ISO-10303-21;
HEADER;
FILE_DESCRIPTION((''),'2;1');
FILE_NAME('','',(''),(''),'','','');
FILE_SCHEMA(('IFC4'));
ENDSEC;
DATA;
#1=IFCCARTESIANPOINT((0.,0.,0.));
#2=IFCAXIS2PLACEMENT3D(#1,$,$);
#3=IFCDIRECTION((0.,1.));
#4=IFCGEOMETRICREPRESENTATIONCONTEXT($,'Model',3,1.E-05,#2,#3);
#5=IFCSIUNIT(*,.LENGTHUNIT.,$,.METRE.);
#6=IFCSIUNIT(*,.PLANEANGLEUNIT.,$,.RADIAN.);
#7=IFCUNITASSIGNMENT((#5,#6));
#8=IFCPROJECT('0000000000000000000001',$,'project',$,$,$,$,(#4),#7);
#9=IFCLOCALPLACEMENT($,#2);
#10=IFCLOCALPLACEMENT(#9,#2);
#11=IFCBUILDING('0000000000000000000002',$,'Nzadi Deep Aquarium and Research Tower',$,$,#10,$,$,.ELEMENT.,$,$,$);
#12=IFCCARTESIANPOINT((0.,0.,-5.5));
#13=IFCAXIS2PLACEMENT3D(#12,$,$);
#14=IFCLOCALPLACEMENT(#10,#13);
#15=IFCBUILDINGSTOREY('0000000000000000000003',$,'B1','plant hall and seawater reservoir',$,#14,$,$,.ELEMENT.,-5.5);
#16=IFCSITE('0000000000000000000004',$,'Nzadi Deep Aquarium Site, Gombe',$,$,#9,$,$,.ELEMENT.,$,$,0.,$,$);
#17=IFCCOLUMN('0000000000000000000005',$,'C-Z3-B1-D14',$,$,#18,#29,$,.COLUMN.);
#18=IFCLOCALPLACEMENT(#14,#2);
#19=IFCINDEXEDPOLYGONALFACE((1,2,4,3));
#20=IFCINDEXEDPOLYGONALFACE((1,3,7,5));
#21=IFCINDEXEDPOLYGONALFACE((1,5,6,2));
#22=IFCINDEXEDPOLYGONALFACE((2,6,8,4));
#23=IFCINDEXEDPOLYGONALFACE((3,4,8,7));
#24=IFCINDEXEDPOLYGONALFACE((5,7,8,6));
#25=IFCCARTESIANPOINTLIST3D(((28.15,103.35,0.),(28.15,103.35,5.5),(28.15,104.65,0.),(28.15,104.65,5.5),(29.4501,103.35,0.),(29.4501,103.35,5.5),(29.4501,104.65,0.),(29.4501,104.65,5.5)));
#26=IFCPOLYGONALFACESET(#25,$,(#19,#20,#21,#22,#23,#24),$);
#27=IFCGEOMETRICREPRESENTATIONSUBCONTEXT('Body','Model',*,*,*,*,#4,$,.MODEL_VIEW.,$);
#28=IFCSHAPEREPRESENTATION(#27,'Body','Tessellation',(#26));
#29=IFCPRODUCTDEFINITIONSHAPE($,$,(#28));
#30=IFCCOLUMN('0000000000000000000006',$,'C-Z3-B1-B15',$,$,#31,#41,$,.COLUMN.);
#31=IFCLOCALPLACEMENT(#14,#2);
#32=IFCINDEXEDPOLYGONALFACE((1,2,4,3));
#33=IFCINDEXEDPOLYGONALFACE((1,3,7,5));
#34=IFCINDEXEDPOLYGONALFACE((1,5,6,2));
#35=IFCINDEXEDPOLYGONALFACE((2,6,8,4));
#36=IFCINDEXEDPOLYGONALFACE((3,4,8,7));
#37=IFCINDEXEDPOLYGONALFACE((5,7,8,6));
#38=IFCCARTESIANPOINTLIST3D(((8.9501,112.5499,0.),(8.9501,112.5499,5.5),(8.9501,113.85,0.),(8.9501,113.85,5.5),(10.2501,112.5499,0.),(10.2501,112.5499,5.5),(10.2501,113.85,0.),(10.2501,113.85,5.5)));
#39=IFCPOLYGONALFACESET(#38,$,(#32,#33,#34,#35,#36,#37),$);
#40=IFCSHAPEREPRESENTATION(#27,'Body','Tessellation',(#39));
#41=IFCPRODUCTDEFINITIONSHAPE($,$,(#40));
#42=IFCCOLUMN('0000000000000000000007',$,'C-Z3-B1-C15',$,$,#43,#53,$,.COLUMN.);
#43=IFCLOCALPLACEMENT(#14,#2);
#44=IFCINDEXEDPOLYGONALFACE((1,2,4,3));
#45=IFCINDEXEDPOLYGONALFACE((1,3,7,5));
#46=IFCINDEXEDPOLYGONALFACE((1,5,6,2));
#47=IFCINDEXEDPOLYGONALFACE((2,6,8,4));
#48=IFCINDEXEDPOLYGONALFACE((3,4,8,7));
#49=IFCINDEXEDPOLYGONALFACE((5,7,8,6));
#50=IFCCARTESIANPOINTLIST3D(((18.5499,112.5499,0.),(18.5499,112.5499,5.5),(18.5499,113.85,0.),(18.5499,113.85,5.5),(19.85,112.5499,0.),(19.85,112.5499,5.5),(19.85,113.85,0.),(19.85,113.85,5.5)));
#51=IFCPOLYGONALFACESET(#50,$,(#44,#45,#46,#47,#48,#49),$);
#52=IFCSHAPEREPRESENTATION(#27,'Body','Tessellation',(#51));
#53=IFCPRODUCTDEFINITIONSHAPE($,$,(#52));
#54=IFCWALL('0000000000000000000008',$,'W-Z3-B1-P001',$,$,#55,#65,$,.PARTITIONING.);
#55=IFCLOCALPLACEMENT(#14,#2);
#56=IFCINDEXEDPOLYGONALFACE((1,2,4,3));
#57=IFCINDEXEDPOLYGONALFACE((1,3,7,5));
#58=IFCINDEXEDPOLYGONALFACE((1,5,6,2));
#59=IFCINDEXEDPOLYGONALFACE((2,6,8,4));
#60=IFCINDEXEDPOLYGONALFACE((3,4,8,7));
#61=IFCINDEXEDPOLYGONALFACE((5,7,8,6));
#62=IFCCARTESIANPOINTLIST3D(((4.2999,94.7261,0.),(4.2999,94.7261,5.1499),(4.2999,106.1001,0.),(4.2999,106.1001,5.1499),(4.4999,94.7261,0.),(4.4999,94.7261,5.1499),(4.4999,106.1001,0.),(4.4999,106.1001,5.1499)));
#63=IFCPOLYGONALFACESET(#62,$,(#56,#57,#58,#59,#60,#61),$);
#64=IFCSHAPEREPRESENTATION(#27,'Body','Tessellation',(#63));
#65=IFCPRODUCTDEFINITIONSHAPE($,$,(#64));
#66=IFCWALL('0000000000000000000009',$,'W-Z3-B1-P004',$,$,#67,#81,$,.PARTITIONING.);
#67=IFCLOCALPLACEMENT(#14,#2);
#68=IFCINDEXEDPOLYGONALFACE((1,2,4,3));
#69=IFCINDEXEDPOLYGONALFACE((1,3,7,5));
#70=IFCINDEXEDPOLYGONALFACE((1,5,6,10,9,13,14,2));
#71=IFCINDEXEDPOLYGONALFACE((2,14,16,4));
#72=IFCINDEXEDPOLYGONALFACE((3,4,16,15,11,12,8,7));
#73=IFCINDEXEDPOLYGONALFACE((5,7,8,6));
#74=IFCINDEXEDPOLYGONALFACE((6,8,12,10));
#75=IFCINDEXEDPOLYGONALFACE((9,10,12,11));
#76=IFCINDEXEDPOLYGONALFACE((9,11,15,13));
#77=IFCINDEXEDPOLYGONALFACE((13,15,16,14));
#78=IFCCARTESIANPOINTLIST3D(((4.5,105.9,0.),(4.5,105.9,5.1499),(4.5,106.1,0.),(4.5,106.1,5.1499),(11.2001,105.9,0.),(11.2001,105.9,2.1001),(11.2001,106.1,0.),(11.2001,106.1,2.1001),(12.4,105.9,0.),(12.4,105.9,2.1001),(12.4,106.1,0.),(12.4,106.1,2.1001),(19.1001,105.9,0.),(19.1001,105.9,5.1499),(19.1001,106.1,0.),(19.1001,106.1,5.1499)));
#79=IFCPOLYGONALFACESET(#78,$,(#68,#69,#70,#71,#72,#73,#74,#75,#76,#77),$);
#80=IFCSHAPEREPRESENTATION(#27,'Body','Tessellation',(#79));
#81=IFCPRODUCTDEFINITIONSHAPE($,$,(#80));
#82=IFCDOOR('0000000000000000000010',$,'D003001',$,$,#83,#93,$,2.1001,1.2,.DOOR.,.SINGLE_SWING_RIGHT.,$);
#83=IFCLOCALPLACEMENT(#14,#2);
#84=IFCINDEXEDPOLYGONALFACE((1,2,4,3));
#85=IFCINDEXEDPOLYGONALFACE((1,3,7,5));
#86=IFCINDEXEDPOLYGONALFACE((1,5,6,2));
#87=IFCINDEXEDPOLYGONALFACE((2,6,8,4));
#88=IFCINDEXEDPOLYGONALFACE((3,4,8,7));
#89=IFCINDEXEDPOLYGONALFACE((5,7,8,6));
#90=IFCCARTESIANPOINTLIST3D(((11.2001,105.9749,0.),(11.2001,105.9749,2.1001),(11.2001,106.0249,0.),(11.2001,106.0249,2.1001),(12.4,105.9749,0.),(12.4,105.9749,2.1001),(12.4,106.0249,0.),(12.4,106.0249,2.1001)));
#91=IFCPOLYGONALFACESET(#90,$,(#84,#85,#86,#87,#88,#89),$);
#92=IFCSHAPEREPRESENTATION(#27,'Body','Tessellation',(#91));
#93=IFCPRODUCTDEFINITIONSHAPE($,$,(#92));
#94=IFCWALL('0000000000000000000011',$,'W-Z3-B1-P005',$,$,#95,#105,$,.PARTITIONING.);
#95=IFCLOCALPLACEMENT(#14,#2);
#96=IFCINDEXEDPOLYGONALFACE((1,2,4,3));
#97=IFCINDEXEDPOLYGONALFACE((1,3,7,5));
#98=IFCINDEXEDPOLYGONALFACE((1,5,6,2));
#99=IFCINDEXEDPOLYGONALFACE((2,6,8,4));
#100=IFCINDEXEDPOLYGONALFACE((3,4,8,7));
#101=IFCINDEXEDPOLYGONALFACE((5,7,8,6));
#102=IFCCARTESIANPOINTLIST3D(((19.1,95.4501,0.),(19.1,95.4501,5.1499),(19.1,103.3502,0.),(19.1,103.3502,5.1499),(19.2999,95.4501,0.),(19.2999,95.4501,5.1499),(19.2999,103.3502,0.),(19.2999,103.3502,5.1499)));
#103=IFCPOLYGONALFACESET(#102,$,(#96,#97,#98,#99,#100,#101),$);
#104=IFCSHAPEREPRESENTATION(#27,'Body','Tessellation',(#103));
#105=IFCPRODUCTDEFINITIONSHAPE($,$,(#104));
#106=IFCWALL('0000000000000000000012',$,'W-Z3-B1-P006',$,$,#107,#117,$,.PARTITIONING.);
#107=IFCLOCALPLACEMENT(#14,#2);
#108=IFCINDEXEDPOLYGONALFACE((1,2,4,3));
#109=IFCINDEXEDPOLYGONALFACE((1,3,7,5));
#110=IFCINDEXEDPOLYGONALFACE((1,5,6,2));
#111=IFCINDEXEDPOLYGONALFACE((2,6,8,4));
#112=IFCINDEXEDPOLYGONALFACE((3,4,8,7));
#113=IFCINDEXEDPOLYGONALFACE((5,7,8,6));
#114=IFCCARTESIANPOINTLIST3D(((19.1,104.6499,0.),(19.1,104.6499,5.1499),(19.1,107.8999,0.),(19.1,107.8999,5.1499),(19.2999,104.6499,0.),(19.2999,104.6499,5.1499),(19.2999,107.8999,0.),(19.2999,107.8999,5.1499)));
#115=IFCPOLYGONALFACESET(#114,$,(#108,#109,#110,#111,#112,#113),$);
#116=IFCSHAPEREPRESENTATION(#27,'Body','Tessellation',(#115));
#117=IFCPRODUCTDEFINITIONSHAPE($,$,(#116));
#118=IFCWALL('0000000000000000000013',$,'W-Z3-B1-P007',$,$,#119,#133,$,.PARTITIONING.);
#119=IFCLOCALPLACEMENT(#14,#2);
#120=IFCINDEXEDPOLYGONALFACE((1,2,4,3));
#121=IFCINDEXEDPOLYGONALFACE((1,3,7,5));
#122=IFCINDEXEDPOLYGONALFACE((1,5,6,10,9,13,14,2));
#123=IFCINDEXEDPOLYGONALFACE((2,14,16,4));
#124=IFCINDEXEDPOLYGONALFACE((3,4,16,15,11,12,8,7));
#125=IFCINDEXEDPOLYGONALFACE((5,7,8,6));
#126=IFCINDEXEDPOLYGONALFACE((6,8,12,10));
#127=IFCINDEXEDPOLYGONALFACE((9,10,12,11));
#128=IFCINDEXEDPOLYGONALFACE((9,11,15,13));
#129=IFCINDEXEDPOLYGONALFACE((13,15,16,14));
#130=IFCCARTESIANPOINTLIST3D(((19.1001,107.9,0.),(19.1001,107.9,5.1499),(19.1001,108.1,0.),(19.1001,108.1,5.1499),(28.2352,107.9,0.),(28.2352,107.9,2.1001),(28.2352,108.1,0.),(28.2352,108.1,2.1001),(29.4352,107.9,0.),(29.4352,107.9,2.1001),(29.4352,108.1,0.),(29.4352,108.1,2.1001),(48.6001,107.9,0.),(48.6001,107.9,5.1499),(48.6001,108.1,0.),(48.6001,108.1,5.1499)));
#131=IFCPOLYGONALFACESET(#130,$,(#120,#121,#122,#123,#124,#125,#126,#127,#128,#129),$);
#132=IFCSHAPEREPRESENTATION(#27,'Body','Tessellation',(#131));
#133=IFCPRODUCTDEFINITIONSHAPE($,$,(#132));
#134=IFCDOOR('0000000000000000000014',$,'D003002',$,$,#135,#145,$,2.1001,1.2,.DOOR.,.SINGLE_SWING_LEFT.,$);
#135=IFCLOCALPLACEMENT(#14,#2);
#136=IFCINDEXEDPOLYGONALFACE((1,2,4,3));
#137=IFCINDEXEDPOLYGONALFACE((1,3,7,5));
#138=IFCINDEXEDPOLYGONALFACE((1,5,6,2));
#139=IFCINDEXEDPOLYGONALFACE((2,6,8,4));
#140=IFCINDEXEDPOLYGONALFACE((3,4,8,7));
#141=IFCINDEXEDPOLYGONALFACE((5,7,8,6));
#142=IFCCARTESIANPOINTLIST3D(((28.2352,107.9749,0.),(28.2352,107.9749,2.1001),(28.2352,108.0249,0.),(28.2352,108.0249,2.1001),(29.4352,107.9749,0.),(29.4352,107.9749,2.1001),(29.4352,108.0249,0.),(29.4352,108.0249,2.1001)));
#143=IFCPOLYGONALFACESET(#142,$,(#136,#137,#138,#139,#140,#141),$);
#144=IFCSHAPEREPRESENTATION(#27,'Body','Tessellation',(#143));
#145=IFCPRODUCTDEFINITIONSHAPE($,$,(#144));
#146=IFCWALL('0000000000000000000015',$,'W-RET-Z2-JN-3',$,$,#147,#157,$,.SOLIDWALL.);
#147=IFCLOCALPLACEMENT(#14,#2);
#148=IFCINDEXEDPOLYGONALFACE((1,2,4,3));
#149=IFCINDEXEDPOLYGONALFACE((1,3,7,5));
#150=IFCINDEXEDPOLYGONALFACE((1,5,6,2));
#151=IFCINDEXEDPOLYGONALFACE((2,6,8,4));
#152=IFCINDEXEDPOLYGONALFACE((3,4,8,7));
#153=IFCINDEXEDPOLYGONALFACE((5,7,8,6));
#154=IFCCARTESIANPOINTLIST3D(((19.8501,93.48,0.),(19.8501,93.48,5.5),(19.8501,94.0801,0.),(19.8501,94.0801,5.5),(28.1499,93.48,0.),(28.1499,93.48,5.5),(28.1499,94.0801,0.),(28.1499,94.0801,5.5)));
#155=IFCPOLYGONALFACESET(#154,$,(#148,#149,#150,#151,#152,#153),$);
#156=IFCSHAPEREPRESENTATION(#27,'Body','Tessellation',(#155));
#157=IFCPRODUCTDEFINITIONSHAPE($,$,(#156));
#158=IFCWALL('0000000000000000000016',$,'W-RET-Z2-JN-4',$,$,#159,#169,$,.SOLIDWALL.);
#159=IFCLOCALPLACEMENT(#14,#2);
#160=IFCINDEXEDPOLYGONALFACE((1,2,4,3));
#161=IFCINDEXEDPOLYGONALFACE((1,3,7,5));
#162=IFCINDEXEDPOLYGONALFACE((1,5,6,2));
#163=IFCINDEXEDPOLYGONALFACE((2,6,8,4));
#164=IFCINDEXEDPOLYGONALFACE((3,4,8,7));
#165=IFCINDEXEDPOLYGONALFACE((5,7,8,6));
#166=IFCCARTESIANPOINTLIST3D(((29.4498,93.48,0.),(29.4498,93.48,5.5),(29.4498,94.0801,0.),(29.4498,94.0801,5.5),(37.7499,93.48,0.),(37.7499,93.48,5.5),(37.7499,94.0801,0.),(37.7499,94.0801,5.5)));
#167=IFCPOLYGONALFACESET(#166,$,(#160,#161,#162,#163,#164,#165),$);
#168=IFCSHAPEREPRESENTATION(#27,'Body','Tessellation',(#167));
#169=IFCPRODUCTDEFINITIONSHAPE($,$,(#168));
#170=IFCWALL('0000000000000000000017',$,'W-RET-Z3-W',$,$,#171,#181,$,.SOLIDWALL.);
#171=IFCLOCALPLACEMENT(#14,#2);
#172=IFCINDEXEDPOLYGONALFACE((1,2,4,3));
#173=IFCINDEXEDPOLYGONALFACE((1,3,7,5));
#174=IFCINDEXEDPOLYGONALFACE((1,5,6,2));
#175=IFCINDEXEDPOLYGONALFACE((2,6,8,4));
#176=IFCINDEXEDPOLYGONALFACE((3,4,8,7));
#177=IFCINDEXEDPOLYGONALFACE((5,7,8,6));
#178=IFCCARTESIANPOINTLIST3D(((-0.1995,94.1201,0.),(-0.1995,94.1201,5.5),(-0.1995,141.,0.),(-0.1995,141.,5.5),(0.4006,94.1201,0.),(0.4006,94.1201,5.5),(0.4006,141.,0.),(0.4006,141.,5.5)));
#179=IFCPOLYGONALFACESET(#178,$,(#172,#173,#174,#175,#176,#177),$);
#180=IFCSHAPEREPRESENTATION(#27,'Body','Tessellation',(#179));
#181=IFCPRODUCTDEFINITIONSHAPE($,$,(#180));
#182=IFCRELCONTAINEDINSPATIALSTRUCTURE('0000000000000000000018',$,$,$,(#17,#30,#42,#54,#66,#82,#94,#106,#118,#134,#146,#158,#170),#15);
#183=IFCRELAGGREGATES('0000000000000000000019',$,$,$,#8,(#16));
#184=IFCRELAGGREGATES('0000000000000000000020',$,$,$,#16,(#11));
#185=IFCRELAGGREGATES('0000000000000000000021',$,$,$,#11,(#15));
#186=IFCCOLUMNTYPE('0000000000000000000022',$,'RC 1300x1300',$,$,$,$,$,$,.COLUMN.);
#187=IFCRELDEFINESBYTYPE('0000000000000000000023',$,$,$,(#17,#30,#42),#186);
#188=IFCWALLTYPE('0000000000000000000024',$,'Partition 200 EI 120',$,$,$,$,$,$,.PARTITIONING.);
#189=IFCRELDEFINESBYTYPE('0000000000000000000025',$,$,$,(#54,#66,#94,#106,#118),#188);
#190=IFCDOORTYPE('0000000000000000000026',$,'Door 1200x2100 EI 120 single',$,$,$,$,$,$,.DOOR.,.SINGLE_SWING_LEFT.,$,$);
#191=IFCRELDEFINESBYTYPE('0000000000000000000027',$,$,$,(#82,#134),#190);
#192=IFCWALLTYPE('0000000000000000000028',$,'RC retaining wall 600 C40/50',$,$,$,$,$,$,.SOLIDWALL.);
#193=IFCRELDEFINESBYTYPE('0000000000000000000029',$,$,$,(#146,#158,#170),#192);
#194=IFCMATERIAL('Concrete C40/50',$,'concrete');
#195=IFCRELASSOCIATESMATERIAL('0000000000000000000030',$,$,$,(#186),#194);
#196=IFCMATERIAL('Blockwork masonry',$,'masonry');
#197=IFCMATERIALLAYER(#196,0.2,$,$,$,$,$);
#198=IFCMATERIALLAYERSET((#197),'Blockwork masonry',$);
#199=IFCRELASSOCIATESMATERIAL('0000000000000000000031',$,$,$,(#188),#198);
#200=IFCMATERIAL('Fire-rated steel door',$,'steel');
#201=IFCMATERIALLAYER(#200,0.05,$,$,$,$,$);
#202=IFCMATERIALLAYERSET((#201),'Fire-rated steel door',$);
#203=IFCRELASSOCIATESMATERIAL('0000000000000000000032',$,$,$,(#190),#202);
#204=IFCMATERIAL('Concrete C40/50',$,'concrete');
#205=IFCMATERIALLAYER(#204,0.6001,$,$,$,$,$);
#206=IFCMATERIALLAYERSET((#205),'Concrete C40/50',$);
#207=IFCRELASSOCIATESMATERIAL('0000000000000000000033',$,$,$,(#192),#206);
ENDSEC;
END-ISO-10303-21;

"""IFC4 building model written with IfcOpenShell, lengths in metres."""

from ifc_helpers import new_model, si_unit, direction, frame, frame_2d, origin, origin_2d, place, context, subcontext, project, spatial, rectangle, extrude, material, layer, layer_set, material_profile, profile_set, type_object, element, fill, save


model = new_model("IFC4")

# Units and contexts
model_context = context("Model", 3, precision=1e-05, world=origin(), true_north=direction((0.0, 1.0)))
body_context = subcontext(model_context, "Body", "Model", "MODEL_VIEW")
ifc_project = project(units=[si_unit("LENGTHUNIT", "METRE"), si_unit("PLANEANGLEUNIT", "RADIAN")], contexts=[model_context])

# Site, building, storey
site_placement = place(None, origin())
site = spatial("IfcSite", under=ifc_project, at=site_placement, Name="Nzadi Deep Aquarium Site, Gombe", CompositionType="ELEMENT", RefElevation=0.0)
building_placement = place(site_placement, origin())
building = spatial("IfcBuilding", under=site, at=building_placement, Name="Nzadi Deep Aquarium and Research Tower", CompositionType="ELEMENT")
storey_placement = place(building_placement, frame((0.0, 0.0, -5.5)))
storey = spatial("IfcBuildingStorey", under=building, at=storey_placement, Name="B1", Description="plant hall and seawater reservoir", CompositionType="ELEMENT", Elevation=-5.5)

# Columns
ifc_material_1 = material(Name="Concrete C40/50", Category="concrete")
ifc_material_profile_1 = material_profile(ifc_material_1, rectangle(XDim=1.3, YDim=1.3, at=origin_2d()))
ifc_profile_set_1 = profile_set([ifc_material_profile_1], Name="Concrete C40/50")
column_type = type_object("IfcColumnType", Name="RC 1300x1300", PredefinedType="COLUMN", material=ifc_profile_set_1)
for number, where, z_axis, x_axis, name in (
    (1, (28.8, 104.0, 0.0), (0.0, 0.0, 1.0), (1.0, 0.0, 0.0), "C-Z3-B1-D14"),
    (2, (9.6001, 113.2, 0.0), (0.0, 0.0, 1.0), (1.0, 0.0, 0.0), "C-Z3-B1-B15"),
    (3, (19.2, 113.2, 0.0), (0.0, 0.0, 1.0), (1.0, 0.0, 0.0), "C-Z3-B1-C15"),
):
    element("IfcColumn", number, at=place(storey_placement, frame(where, z_axis=z_axis, x_axis=x_axis)), inside=storey, type_object=column_type, Name=name, PredefinedType="COLUMN", context=body_context, shape_type="SweptSolid", body=[
        extrude(rectangle(XDim=1.3, YDim=1.3, at=origin_2d()), origin(), (0.0, 0.0, 1.0), 5.5),
    ])

# Wall
ifc_material_2 = material(Name="Blockwork masonry", Category="masonry")
ifc_layer_1 = layer(ifc_material_2, 0.2)
ifc_layer_set_1 = layer_set([ifc_layer_1], Name="Blockwork masonry")
wall_type_1 = type_object("IfcWallType", Name="Partition 200 EI 120", PredefinedType="PARTITIONING", material=ifc_layer_set_1)
wall_1_placement = place(storey_placement, frame((4.3999, 94.7261, 0.0), z_axis=(0.0, 0.0, 1.0), x_axis=(0.0, 1.0, 0.0)))
element("IfcWall", 4, at=wall_1_placement, inside=storey, type_object=wall_type_1, Name="W-Z3-B1-P001", PredefinedType="PARTITIONING", context=body_context, shape_type="SweptSolid", body=[
    extrude(rectangle(XDim=11.374, YDim=0.2, at=frame_2d((5.687, 0.0))), origin(), (0.0, 0.0, 1.0), 5.1499),
])

# Wall, opening, door
wall_2_placement = place(storey_placement, frame((4.5, 106.0, 0.0), z_axis=(0.0, 0.0, 1.0), x_axis=(1.0, 0.0, 0.0)))
wall_2 = element("IfcWall", 5, at=wall_2_placement, inside=storey, type_object=wall_type_1, Name="W-Z3-B1-P004", PredefinedType="PARTITIONING", context=body_context, shape_type="SweptSolid", body=[
    extrude(rectangle(XDim=14.6001, YDim=0.2, at=frame_2d((7.3, 0.0))), origin(), (0.0, 0.0, 1.0), 5.1499),
])
opening_1_placement = place(wall_2_placement, frame((6.7, 0.0, 0.0)))
opening_1 = element("IfcOpeningElement", 6, at=opening_1_placement, cuts=wall_2, PredefinedType="OPENING", context=body_context, shape_type="SweptSolid", body=[
    extrude(rectangle(XDim=1.2, YDim=2.1001, at=frame_2d((0.6001, 1.05))), frame((0.0, 0.1101, 0.0), z_axis=(0.0, -1.0, 0.0), x_axis=(1.0, 0.0, 0.0)), (0.0, 0.0, 1.0), 0.2202),
])
ifc_material_3 = material(Name="Fire-rated steel door", Category="steel")
ifc_layer_2 = layer(ifc_material_3, 0.05)
ifc_layer_set_2 = layer_set([ifc_layer_2], Name="Fire-rated steel door")
door_type = type_object("IfcDoorType", Name="Door 1200x2100 EI 120 single", OperationType="SINGLE_SWING_LEFT", PredefinedType="DOOR", material=ifc_layer_set_2)
door_1_placement = place(opening_1_placement, origin())
door_1 = element("IfcDoor", 7, at=door_1_placement, inside=storey, type_object=door_type, Name="D003001", OperationType="SINGLE_SWING_RIGHT", OverallHeight=2.1001, OverallWidth=1.2, PredefinedType="DOOR", context=body_context, shape_type="SweptSolid", body=[
    extrude(rectangle(XDim=1.2, YDim=2.1001, at=frame_2d((0.6001, 1.05))), frame((0.0, 0.0249, 0.0), z_axis=(0.0, -1.0, 0.0), x_axis=(1.0, 0.0, 0.0)), (0.0, 0.0, 1.0), 0.05),
])
fill(opening_1, door_1)

# Walls
wall_3_placement = place(storey_placement, frame((19.2, 95.45, 0.0), z_axis=(0.0, 0.0, 1.0), x_axis=(0.0, 1.0, 0.0)))
element("IfcWall", 8, at=wall_3_placement, inside=storey, type_object=wall_type_1, Name="W-Z3-B1-P005", PredefinedType="PARTITIONING", context=body_context, shape_type="SweptSolid", body=[
    extrude(rectangle(XDim=7.9001, YDim=0.2, at=frame_2d((3.9502, 0.0))), origin(), (0.0, 0.0, 1.0), 5.1499),
])
wall_4_placement = place(storey_placement, frame((19.2, 104.6499, 0.0), z_axis=(0.0, 0.0, 1.0), x_axis=(0.0, 1.0, 0.0)))
element("IfcWall", 9, at=wall_4_placement, inside=storey, type_object=wall_type_1, Name="W-Z3-B1-P006", PredefinedType="PARTITIONING", context=body_context, shape_type="SweptSolid", body=[
    extrude(rectangle(XDim=3.25, YDim=0.2, at=frame_2d((1.625, 0.0))), origin(), (0.0, 0.0, 1.0), 5.1499),
])

# Wall, opening, door
wall_5_placement = place(storey_placement, frame((19.1001, 108.0, 0.0), z_axis=(0.0, 0.0, 1.0), x_axis=(1.0, 0.0, 0.0)))
wall_5 = element("IfcWall", 10, at=wall_5_placement, inside=storey, type_object=wall_type_1, Name="W-Z3-B1-P007", PredefinedType="PARTITIONING", context=body_context, shape_type="SweptSolid", body=[
    extrude(rectangle(XDim=29.5, YDim=0.2, at=frame_2d((14.75, 0.0))), origin(), (0.0, 0.0, 1.0), 5.1499),
])
opening_2_placement = place(wall_5_placement, frame((9.135, 0.0, 0.0)))
opening_2 = element("IfcOpeningElement", 11, at=opening_2_placement, cuts=wall_5, PredefinedType="OPENING", context=body_context, shape_type="SweptSolid", body=[
    extrude(rectangle(XDim=1.2, YDim=2.1001, at=frame_2d((0.6001, 1.05))), frame((0.0, 0.1101, 0.0), z_axis=(0.0, -1.0, 0.0), x_axis=(1.0, 0.0, 0.0)), (0.0, 0.0, 1.0), 0.2202),
])
door_2_placement = place(opening_2_placement, origin())
door_2 = element("IfcDoor", 12, at=door_2_placement, inside=storey, type_object=door_type, Name="D003002", OperationType="SINGLE_SWING_LEFT", OverallHeight=2.1001, OverallWidth=1.2, PredefinedType="DOOR", context=body_context, shape_type="SweptSolid", body=[
    extrude(rectangle(XDim=1.2, YDim=2.1001, at=frame_2d((0.6001, 1.05))), frame((0.0, 0.0249, 0.0), z_axis=(0.0, -1.0, 0.0), x_axis=(1.0, 0.0, 0.0)), (0.0, 0.0, 1.0), 0.05),
])
fill(opening_2, door_2)

# Walls
ifc_material_4 = material(Name="Concrete C40/50", Category="concrete")
ifc_layer_3 = layer(ifc_material_4, 0.6001)
ifc_layer_set_3 = layer_set([ifc_layer_3], Name="Concrete C40/50")
wall_type_2 = type_object("IfcWallType", Name="RC retaining wall 600 C40/50", PredefinedType="SOLIDWALL", material=ifc_layer_set_3)
wall_6_placement = place(storey_placement, frame((19.8501, 93.78, 0.0), z_axis=(0.0, 0.0, 1.0), x_axis=(1.0, 0.0, 0.0)))
element("IfcWall", 13, at=wall_6_placement, inside=storey, type_object=wall_type_2, Name="W-RET-Z2-JN-3", PredefinedType="SOLIDWALL", context=body_context, shape_type="SweptSolid", body=[
    extrude(rectangle(XDim=8.2998, YDim=0.6001, at=frame_2d((4.1499, 0.0))), origin(), (0.0, 0.0, 1.0), 5.5),
])
wall_7_placement = place(storey_placement, frame((29.45, 93.78, 0.0), z_axis=(0.0, 0.0, 1.0), x_axis=(1.0, 0.0, 0.0)))
element("IfcWall", 14, at=wall_7_placement, inside=storey, type_object=wall_type_2, Name="W-RET-Z2-JN-4", PredefinedType="SOLIDWALL", context=body_context, shape_type="SweptSolid", body=[
    extrude(rectangle(XDim=8.3, YDim=0.6001, at=frame_2d((4.1499, 0.0))), origin(), (0.0, 0.0, 1.0), 5.5),
])
wall_8_placement = place(storey_placement, frame((0.1006, 94.1201, 0.0), z_axis=(0.0, 0.0, 1.0), x_axis=(0.0, 1.0, 0.0)))
element("IfcWall", 15, at=wall_8_placement, inside=storey, type_object=wall_type_2, Name="W-RET-Z3-W", PredefinedType="SOLIDWALL", context=body_context, shape_type="SweptSolid", body=[
    extrude(rectangle(XDim=46.8799, YDim=0.6001, at=frame_2d((23.4399, 0.0))), origin(), (0.0, 0.0, 1.0), 5.5),
])

save(model, "model.ifc")
